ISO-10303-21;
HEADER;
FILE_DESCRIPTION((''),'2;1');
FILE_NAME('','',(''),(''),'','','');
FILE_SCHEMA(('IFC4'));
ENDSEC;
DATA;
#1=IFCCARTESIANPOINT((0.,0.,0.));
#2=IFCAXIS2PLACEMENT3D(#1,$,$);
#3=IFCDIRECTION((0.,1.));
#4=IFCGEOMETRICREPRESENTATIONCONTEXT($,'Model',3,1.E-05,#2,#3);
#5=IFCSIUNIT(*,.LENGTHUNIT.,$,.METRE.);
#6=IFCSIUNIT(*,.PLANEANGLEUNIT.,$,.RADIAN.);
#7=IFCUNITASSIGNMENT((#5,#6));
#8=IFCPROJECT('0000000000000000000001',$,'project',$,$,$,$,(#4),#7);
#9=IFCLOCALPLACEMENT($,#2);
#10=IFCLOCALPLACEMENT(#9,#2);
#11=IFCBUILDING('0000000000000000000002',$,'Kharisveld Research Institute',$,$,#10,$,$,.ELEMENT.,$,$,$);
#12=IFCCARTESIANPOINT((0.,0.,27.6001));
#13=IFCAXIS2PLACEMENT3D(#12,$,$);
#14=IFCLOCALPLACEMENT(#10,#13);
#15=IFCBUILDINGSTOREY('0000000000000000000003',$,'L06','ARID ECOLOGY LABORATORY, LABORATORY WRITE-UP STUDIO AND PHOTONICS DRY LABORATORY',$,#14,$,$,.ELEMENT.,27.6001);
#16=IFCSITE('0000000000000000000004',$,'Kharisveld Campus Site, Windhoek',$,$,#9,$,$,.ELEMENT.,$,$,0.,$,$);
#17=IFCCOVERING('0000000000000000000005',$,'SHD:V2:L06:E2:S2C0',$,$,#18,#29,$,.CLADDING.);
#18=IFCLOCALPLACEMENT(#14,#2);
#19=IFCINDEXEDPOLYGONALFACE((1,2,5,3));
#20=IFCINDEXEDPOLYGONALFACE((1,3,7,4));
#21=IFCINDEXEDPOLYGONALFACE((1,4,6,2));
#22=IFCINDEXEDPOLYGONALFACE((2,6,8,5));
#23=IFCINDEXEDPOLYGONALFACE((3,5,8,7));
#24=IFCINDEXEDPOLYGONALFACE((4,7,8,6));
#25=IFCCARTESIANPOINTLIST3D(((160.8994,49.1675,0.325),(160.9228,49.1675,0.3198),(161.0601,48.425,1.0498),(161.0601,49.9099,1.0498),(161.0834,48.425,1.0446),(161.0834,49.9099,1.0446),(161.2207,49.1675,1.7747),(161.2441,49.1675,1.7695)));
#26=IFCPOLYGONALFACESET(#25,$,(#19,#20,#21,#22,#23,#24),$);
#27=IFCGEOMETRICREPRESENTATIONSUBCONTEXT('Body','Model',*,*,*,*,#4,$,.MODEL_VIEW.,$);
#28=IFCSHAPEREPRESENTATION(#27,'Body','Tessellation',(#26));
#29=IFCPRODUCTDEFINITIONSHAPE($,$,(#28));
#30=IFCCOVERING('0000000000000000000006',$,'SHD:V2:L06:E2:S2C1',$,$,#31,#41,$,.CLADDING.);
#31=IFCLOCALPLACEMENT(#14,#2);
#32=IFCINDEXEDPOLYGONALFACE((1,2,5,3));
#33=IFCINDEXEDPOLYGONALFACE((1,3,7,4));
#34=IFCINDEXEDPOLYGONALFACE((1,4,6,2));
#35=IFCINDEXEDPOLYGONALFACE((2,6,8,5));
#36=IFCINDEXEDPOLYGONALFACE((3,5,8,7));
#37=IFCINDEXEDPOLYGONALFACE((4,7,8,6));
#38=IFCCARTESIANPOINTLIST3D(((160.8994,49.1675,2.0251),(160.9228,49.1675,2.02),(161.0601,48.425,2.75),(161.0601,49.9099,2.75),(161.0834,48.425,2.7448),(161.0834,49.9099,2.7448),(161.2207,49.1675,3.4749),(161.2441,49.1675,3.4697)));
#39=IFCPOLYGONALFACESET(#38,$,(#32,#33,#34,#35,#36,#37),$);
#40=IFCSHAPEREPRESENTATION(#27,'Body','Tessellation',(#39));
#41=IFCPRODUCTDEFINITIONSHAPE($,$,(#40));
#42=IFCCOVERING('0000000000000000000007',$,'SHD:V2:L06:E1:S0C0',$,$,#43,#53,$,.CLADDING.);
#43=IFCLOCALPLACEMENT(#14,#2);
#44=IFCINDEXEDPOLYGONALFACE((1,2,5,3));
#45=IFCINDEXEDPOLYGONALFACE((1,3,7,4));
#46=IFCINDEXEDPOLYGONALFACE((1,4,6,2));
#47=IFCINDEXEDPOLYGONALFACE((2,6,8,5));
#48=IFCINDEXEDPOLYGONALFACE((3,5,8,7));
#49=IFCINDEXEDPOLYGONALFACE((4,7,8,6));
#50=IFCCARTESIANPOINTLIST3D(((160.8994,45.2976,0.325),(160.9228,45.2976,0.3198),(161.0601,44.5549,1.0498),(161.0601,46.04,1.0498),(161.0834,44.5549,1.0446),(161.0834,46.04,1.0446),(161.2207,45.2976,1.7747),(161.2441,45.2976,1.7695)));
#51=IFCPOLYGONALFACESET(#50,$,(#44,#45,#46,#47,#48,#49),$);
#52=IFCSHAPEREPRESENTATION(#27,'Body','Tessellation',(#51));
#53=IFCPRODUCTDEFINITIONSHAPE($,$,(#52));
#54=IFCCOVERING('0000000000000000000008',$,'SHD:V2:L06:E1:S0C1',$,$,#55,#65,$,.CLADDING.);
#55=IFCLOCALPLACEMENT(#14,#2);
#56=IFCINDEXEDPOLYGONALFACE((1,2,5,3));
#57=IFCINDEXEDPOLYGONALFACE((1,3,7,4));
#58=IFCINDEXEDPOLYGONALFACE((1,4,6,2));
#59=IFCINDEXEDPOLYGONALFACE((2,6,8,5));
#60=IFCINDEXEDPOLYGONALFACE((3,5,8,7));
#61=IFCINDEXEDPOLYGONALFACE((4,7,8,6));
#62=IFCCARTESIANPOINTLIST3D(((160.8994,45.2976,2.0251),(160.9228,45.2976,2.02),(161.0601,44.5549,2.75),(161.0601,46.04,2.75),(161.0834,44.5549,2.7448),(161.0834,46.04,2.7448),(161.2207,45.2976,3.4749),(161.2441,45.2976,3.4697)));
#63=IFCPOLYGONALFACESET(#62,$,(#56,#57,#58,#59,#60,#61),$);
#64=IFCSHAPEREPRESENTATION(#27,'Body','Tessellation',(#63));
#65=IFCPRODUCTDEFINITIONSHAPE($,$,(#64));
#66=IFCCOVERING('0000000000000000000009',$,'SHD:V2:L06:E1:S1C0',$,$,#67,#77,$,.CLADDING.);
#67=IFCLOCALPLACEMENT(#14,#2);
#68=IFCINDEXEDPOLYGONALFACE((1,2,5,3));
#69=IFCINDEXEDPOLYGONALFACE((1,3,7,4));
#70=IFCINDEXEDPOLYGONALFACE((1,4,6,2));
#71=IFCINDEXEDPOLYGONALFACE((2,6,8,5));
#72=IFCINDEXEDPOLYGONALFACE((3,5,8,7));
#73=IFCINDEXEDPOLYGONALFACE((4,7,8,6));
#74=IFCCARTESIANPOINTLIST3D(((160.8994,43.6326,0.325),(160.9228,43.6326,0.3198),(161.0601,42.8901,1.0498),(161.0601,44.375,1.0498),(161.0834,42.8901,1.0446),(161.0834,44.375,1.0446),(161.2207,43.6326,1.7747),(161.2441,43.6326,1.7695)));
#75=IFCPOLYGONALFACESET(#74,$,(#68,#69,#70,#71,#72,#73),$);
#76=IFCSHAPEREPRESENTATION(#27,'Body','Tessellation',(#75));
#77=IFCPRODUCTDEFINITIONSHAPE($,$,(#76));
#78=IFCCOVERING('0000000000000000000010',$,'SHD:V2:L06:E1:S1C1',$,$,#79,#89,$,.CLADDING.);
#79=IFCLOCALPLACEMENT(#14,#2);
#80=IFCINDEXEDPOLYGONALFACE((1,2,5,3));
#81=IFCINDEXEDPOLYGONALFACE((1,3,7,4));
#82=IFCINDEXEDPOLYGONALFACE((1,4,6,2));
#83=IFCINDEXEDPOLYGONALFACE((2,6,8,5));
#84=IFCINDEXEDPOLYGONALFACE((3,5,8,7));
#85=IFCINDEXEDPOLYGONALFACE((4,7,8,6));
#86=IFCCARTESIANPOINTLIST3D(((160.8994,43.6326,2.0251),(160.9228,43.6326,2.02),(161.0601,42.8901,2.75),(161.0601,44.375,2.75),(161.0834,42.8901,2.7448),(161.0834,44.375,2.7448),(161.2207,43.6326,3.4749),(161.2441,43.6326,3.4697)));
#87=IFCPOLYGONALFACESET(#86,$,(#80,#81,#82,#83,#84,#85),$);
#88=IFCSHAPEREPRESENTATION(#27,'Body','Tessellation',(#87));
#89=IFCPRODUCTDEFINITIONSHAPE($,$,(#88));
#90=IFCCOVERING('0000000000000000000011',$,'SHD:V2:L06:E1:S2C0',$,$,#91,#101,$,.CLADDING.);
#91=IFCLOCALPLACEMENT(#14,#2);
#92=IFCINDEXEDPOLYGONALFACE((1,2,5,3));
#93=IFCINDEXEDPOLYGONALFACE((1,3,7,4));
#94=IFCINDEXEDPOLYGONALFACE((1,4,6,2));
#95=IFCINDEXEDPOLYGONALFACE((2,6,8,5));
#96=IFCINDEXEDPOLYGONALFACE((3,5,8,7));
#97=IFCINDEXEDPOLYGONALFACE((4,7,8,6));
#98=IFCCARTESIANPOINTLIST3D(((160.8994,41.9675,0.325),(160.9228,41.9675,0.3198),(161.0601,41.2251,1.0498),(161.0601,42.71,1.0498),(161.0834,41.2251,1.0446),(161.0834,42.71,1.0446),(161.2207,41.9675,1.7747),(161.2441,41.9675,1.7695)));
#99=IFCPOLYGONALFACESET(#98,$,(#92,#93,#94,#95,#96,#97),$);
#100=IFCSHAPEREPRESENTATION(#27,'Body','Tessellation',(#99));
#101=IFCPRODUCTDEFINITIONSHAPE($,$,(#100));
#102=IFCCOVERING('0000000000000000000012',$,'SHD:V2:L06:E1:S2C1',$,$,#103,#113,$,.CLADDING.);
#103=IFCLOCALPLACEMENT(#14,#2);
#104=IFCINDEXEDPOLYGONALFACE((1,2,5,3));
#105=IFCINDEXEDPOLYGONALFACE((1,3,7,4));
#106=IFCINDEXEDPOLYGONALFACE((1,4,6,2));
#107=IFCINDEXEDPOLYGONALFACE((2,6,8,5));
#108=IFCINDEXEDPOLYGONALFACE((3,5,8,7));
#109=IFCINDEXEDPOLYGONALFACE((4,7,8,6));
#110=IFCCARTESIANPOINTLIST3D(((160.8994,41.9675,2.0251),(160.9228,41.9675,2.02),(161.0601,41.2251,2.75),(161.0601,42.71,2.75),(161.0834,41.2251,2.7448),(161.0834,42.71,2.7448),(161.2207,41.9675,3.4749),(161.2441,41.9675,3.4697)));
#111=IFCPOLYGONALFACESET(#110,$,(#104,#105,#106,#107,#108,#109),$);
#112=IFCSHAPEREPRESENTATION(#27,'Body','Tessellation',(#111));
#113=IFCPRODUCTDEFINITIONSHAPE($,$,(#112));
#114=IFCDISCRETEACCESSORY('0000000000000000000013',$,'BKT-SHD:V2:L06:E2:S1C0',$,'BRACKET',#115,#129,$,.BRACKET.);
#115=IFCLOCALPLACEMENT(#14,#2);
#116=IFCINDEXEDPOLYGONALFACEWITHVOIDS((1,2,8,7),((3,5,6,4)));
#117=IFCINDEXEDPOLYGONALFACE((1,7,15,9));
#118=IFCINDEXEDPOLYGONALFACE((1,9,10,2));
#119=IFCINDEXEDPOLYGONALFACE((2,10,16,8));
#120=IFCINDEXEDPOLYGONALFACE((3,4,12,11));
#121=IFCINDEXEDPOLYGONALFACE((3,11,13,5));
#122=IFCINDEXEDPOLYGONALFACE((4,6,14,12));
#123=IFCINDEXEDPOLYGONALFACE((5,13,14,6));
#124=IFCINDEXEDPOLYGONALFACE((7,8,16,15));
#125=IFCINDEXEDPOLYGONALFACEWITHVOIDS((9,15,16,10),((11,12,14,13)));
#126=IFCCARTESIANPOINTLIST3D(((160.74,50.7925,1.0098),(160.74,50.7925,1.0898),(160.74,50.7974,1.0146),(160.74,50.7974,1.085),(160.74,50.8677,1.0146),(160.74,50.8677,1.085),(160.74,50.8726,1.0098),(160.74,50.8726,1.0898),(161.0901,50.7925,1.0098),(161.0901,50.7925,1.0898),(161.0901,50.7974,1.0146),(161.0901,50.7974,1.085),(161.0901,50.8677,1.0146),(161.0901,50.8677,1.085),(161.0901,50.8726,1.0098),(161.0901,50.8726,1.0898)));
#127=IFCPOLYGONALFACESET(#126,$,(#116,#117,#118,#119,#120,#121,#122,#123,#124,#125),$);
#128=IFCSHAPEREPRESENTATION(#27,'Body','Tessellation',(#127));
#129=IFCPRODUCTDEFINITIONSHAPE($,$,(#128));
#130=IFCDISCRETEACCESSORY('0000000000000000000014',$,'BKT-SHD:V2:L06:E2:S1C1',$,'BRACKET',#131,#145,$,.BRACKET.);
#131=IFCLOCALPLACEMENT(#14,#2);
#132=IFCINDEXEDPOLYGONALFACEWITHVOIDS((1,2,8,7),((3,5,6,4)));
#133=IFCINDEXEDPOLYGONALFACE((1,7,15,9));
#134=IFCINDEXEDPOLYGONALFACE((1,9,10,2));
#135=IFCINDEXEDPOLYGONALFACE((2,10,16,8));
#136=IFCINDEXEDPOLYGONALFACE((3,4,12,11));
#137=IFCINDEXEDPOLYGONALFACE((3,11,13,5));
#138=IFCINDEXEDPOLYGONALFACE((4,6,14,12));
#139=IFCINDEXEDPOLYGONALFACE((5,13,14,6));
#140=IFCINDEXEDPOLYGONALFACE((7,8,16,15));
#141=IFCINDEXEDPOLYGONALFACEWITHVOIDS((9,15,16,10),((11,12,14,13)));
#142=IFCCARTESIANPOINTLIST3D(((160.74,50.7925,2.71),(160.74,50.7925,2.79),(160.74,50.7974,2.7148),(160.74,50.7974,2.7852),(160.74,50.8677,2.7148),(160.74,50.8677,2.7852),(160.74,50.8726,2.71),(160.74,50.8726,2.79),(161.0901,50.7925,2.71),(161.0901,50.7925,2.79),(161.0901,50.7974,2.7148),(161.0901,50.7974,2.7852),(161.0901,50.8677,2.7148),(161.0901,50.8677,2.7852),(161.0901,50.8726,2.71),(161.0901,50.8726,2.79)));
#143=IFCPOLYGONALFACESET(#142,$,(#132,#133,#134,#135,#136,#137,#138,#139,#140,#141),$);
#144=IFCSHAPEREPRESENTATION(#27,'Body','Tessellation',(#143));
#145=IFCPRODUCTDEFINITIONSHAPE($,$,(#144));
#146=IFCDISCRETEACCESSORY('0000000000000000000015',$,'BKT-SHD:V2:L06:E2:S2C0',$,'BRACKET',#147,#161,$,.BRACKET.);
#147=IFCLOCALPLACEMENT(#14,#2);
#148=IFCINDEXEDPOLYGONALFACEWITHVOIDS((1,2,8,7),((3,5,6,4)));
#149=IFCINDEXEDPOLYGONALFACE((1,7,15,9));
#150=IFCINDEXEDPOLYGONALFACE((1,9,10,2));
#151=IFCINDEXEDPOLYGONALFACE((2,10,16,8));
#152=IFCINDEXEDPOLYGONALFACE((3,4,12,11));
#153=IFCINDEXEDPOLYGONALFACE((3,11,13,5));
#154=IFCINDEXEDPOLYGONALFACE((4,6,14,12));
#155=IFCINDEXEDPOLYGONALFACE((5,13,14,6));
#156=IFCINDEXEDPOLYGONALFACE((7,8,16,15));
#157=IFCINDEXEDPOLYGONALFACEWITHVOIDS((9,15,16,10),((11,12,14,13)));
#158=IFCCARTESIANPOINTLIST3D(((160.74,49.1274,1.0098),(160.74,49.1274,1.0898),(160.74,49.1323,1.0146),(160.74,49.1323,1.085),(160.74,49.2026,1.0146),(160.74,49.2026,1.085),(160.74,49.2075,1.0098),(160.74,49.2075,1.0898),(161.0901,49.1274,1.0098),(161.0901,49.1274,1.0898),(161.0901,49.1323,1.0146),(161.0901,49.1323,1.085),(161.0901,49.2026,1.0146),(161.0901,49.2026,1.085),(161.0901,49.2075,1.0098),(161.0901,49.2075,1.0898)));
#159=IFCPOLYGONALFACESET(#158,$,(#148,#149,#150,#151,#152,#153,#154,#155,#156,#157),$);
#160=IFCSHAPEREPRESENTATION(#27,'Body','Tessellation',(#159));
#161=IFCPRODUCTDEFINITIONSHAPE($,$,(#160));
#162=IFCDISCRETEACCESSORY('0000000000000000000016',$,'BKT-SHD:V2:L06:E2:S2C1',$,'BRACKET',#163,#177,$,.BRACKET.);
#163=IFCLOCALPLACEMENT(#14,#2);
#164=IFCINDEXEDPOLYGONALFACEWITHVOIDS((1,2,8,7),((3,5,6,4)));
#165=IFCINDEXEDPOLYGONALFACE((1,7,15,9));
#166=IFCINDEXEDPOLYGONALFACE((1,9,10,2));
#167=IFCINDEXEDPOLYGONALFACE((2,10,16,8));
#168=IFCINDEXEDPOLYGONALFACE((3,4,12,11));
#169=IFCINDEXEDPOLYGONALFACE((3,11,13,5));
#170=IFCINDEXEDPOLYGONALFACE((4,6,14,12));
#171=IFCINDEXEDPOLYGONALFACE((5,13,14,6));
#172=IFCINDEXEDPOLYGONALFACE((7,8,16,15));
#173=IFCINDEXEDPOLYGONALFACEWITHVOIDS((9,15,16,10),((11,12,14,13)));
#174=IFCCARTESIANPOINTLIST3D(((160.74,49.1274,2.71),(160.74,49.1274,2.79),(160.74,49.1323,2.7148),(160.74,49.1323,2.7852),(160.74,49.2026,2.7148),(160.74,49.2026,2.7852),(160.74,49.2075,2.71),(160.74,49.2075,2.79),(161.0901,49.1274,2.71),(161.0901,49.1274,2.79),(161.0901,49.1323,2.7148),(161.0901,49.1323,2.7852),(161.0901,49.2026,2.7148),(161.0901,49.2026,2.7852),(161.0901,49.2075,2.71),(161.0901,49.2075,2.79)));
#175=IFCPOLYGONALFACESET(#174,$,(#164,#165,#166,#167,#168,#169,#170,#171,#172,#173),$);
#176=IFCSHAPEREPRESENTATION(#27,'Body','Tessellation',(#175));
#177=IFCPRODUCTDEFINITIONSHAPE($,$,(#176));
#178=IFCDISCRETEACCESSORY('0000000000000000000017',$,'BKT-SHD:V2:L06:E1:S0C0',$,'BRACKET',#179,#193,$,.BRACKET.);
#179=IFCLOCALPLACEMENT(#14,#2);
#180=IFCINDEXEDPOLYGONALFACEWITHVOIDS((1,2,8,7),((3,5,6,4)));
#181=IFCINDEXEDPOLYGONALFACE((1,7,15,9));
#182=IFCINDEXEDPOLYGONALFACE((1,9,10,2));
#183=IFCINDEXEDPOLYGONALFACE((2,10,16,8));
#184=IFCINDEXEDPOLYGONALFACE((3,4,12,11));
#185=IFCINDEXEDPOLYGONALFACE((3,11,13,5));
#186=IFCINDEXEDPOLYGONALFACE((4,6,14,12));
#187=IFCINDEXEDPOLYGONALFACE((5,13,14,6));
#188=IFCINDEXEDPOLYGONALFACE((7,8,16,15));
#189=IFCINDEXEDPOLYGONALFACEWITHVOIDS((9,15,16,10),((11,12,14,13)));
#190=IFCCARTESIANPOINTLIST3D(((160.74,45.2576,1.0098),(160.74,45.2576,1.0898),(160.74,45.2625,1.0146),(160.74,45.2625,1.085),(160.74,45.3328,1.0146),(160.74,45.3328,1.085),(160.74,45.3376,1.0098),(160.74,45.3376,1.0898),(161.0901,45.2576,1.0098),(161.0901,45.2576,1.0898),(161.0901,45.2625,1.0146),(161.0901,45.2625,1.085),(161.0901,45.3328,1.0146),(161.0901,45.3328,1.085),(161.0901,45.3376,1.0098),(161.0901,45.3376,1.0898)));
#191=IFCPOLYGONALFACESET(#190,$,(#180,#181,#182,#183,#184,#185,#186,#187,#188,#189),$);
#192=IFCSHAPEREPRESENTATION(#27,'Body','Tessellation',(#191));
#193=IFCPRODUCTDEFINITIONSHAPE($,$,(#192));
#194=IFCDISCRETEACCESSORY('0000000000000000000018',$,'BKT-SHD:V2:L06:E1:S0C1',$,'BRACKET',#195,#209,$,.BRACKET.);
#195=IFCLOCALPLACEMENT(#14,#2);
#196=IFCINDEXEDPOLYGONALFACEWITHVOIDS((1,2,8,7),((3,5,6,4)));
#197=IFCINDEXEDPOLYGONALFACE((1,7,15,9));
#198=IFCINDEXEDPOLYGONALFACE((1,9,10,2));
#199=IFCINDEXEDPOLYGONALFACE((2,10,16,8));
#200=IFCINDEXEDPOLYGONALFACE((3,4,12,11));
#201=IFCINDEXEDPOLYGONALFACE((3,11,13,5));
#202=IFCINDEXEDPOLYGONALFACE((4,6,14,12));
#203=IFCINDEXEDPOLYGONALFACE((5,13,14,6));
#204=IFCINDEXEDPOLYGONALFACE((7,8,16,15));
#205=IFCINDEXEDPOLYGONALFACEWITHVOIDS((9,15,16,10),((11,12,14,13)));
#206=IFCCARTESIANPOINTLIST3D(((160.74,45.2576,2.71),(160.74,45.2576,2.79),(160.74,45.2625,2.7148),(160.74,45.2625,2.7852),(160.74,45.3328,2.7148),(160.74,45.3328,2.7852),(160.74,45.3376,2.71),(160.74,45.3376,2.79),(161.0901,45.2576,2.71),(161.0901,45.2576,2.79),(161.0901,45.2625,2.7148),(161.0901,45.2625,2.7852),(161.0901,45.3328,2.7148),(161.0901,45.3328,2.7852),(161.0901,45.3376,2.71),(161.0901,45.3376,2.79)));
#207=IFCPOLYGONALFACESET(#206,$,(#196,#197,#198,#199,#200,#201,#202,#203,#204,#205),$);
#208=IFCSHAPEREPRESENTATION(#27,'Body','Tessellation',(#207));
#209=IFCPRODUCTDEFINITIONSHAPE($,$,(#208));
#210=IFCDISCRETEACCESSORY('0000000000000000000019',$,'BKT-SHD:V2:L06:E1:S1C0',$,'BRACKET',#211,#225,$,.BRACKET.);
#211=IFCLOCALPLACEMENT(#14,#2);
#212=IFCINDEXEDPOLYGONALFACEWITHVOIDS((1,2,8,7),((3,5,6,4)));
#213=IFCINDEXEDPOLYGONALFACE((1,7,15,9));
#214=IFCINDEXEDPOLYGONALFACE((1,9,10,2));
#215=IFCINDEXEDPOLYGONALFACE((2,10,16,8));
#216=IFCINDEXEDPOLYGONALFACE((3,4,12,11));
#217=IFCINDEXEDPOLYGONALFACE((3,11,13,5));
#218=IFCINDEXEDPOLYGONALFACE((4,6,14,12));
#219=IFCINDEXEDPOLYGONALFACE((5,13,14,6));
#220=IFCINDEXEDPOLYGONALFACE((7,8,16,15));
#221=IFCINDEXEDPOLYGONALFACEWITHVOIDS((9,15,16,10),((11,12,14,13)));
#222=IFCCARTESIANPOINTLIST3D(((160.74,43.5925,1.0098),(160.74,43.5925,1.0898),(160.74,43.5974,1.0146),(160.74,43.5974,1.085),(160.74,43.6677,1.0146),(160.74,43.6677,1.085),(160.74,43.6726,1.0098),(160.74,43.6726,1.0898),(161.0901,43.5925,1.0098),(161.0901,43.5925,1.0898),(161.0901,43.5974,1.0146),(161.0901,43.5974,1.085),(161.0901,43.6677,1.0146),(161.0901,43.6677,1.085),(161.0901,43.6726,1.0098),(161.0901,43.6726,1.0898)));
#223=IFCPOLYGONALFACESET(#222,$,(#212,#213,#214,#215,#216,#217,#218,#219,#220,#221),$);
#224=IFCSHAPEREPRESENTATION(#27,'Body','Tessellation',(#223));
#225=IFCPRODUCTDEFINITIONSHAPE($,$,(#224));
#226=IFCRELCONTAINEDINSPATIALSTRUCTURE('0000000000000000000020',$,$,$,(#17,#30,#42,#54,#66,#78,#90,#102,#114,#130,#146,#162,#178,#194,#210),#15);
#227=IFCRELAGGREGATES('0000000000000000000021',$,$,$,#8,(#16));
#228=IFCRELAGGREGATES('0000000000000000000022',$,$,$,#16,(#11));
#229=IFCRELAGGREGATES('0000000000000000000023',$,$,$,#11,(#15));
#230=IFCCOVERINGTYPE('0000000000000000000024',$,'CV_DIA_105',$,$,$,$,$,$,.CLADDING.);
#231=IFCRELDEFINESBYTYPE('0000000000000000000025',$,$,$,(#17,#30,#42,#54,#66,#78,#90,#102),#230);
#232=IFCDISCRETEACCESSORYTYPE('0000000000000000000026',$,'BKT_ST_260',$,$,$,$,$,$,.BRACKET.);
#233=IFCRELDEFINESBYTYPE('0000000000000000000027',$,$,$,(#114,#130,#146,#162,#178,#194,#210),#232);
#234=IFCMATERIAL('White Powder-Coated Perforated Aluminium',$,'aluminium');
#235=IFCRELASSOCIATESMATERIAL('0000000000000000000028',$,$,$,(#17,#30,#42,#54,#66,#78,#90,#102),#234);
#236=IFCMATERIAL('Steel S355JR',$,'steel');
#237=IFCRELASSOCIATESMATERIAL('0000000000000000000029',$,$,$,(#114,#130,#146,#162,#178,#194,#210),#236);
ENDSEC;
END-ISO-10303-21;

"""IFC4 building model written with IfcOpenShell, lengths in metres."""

from ifc_helpers import new_model, si_unit, direction, frame, origin, origin_2d, place, context, subcontext, project, spatial, polyline, hollow_rectangle, outline, extrude, material, type_object, element, save


model = new_model("IFC4")

# Units and contexts
model_context = context("Model", 3, precision=1e-05, world=origin(), true_north=direction((0.0, 1.0)))
body_context = subcontext(model_context, "Body", "Model", "MODEL_VIEW")
ifc_project = project(units=[si_unit("LENGTHUNIT", "METRE"), si_unit("PLANEANGLEUNIT", "RADIAN")], contexts=[model_context])

# Site, building, storey
site_placement = place(None, origin())
site = spatial("IfcSite", under=ifc_project, at=site_placement, Name="Kharisveld Campus Site, Windhoek", CompositionType="ELEMENT", RefElevation=0.0)
building_placement = place(site_placement, origin())
building = spatial("IfcBuilding", under=site, at=building_placement, Name="Kharisveld Research Institute", CompositionType="ELEMENT")
storey_placement = place(building_placement, frame((0.0, 0.0, 27.6001)))
storey = spatial("IfcBuildingStorey", under=building, at=storey_placement, Name="L06", Description="ARID ECOLOGY LABORATORY, LABORATORY WRITE-UP STUDIO AND PHOTONICS DRY LABORATORY", CompositionType="ELEMENT", Elevation=27.6001)

# Coverings
ifc_material_1 = material(Name="White Powder-Coated Perforated Aluminium", Category="aluminium")
covering_type = type_object("IfcCoveringType", Name="CV_DIA_105", PredefinedType="CLADDING")
for number, where, z_axis, x_axis, name in (
    (1, (160.8994, 49.1675, 0.325), (-0.976311, 0.0, 0.216373), (0.153, -0.707102, 0.69036), "SHD:V2:L06:E2:S2C0"),
    (2, (160.8994, 49.1675, 2.0251), (-0.976311, 0.0, 0.216373), (0.153, -0.707102, 0.69036), "SHD:V2:L06:E2:S2C1"),
):
    element("IfcCovering", number, at=place(storey_placement, frame(where, z_axis=z_axis, x_axis=x_axis)), inside=storey, type_object=covering_type, material=ifc_material_1, Name=name, PredefinedType="CLADDING", context=body_context, shape_type="SweptSolid", body=[
        extrude(outline(polyline([(0.0, 0.0), (1.05, 0.0), (1.05, 1.05), (0.0, 1.05), (0.0, 0.0)])), origin(), (0.0, 0.0, -1.0), 0.0239),
    ])
for number, where, z_axis, x_axis, name in (
    (3, (160.8994, 45.2976, 0.325), (-0.976311, 0.0, 0.216373), (0.152975, -0.707218, 0.690247), "SHD:V2:L06:E1:S0C0"),
    (4, (160.8994, 45.2976, 2.0251), (-0.976311, 0.0, 0.216373), (0.152975, -0.707218, 0.690247), "SHD:V2:L06:E1:S0C1"),
):
    element("IfcCovering", number, at=place(storey_placement, frame(where, z_axis=z_axis, x_axis=x_axis)), inside=storey, type_object=covering_type, material=ifc_material_1, Name=name, PredefinedType="CLADDING", context=body_context, shape_type="SweptSolid", body=[
        extrude(outline(polyline([(0.0, 0.0), (1.0501, 0.0), (1.0498, 1.0501), (-0.0002, 1.05), (0.0, 0.0)])), origin(), (0.0, 0.0, -1.0), 0.0239),
    ])
for number, where, z_axis, x_axis, name in (
    (5, (160.8994, 43.6326, 0.325), (-0.976311, 0.0, 0.216373), (0.153, -0.707102, 0.69036), "SHD:V2:L06:E1:S1C0"),
    (6, (160.8994, 43.6326, 2.0251), (-0.976311, 0.0, 0.216373), (0.153, -0.707102, 0.69036), "SHD:V2:L06:E1:S1C1"),
    (7, (160.8994, 41.9675, 0.325), (-0.976311, 0.0, 0.216373), (0.153, -0.707102, 0.69036), "SHD:V2:L06:E1:S2C0"),
    (8, (160.8994, 41.9675, 2.0251), (-0.976311, 0.0, 0.216373), (0.153, -0.707102, 0.69036), "SHD:V2:L06:E1:S2C1"),
):
    element("IfcCovering", number, at=place(storey_placement, frame(where, z_axis=z_axis, x_axis=x_axis)), inside=storey, type_object=covering_type, material=ifc_material_1, Name=name, PredefinedType="CLADDING", context=body_context, shape_type="SweptSolid", body=[
        extrude(outline(polyline([(0.0, 0.0), (1.05, 0.0), (1.05, 1.05), (0.0, 1.05), (0.0, 0.0)])), origin(), (0.0, 0.0, -1.0), 0.0239),
    ])

# Discrete accessories
ifc_material_2 = material(Name="Steel S355JR", Category="steel")
discrete_accessory_type = type_object("IfcDiscreteAccessoryType", Name="BKT_ST_260", PredefinedType="BRACKET")
for number, where, z_axis, x_axis, name in (
    (9, (160.74, 50.8325, 1.0498), (1.0, 0.0, 0.0), (0.0, 1.0, 0.0), "BKT-SHD:V2:L06:E2:S1C0"),
    (10, (160.74, 50.8325, 2.75), (1.0, 0.0, 0.0), (0.0, 1.0, 0.0), "BKT-SHD:V2:L06:E2:S1C1"),
    (11, (160.74, 49.1675, 1.0498), (1.0, 0.0, 0.0), (0.0, 1.0, 0.0), "BKT-SHD:V2:L06:E2:S2C0"),
    (12, (160.74, 49.1675, 2.75), (1.0, 0.0, 0.0), (0.0, 1.0, 0.0), "BKT-SHD:V2:L06:E2:S2C1"),
    (13, (160.74, 45.2976, 1.0498), (1.0, 0.0, 0.0), (0.0, 1.0, 0.0), "BKT-SHD:V2:L06:E1:S0C0"),
    (14, (160.74, 45.2976, 2.75), (1.0, 0.0, 0.0), (0.0, 1.0, 0.0), "BKT-SHD:V2:L06:E1:S0C1"),
    (15, (160.74, 43.6326, 1.0498), (1.0, 0.0, 0.0), (0.0, 1.0, 0.0), "BKT-SHD:V2:L06:E1:S1C0"),
):
    element("IfcDiscreteAccessory", number, at=place(storey_placement, frame(where, z_axis=z_axis, x_axis=x_axis)), inside=storey, type_object=discrete_accessory_type, material=ifc_material_2, Name=name, ObjectType="BRACKET", PredefinedType="BRACKET", context=body_context, shape_type="SweptSolid", body=[
        extrude(hollow_rectangle(XDim=0.0801, YDim=0.0801, WallThickness=0.0049, at=origin_2d()), origin(), (0.0, 0.0, 1.0), 0.3501),
    ])

save(model, "model.ifc")
